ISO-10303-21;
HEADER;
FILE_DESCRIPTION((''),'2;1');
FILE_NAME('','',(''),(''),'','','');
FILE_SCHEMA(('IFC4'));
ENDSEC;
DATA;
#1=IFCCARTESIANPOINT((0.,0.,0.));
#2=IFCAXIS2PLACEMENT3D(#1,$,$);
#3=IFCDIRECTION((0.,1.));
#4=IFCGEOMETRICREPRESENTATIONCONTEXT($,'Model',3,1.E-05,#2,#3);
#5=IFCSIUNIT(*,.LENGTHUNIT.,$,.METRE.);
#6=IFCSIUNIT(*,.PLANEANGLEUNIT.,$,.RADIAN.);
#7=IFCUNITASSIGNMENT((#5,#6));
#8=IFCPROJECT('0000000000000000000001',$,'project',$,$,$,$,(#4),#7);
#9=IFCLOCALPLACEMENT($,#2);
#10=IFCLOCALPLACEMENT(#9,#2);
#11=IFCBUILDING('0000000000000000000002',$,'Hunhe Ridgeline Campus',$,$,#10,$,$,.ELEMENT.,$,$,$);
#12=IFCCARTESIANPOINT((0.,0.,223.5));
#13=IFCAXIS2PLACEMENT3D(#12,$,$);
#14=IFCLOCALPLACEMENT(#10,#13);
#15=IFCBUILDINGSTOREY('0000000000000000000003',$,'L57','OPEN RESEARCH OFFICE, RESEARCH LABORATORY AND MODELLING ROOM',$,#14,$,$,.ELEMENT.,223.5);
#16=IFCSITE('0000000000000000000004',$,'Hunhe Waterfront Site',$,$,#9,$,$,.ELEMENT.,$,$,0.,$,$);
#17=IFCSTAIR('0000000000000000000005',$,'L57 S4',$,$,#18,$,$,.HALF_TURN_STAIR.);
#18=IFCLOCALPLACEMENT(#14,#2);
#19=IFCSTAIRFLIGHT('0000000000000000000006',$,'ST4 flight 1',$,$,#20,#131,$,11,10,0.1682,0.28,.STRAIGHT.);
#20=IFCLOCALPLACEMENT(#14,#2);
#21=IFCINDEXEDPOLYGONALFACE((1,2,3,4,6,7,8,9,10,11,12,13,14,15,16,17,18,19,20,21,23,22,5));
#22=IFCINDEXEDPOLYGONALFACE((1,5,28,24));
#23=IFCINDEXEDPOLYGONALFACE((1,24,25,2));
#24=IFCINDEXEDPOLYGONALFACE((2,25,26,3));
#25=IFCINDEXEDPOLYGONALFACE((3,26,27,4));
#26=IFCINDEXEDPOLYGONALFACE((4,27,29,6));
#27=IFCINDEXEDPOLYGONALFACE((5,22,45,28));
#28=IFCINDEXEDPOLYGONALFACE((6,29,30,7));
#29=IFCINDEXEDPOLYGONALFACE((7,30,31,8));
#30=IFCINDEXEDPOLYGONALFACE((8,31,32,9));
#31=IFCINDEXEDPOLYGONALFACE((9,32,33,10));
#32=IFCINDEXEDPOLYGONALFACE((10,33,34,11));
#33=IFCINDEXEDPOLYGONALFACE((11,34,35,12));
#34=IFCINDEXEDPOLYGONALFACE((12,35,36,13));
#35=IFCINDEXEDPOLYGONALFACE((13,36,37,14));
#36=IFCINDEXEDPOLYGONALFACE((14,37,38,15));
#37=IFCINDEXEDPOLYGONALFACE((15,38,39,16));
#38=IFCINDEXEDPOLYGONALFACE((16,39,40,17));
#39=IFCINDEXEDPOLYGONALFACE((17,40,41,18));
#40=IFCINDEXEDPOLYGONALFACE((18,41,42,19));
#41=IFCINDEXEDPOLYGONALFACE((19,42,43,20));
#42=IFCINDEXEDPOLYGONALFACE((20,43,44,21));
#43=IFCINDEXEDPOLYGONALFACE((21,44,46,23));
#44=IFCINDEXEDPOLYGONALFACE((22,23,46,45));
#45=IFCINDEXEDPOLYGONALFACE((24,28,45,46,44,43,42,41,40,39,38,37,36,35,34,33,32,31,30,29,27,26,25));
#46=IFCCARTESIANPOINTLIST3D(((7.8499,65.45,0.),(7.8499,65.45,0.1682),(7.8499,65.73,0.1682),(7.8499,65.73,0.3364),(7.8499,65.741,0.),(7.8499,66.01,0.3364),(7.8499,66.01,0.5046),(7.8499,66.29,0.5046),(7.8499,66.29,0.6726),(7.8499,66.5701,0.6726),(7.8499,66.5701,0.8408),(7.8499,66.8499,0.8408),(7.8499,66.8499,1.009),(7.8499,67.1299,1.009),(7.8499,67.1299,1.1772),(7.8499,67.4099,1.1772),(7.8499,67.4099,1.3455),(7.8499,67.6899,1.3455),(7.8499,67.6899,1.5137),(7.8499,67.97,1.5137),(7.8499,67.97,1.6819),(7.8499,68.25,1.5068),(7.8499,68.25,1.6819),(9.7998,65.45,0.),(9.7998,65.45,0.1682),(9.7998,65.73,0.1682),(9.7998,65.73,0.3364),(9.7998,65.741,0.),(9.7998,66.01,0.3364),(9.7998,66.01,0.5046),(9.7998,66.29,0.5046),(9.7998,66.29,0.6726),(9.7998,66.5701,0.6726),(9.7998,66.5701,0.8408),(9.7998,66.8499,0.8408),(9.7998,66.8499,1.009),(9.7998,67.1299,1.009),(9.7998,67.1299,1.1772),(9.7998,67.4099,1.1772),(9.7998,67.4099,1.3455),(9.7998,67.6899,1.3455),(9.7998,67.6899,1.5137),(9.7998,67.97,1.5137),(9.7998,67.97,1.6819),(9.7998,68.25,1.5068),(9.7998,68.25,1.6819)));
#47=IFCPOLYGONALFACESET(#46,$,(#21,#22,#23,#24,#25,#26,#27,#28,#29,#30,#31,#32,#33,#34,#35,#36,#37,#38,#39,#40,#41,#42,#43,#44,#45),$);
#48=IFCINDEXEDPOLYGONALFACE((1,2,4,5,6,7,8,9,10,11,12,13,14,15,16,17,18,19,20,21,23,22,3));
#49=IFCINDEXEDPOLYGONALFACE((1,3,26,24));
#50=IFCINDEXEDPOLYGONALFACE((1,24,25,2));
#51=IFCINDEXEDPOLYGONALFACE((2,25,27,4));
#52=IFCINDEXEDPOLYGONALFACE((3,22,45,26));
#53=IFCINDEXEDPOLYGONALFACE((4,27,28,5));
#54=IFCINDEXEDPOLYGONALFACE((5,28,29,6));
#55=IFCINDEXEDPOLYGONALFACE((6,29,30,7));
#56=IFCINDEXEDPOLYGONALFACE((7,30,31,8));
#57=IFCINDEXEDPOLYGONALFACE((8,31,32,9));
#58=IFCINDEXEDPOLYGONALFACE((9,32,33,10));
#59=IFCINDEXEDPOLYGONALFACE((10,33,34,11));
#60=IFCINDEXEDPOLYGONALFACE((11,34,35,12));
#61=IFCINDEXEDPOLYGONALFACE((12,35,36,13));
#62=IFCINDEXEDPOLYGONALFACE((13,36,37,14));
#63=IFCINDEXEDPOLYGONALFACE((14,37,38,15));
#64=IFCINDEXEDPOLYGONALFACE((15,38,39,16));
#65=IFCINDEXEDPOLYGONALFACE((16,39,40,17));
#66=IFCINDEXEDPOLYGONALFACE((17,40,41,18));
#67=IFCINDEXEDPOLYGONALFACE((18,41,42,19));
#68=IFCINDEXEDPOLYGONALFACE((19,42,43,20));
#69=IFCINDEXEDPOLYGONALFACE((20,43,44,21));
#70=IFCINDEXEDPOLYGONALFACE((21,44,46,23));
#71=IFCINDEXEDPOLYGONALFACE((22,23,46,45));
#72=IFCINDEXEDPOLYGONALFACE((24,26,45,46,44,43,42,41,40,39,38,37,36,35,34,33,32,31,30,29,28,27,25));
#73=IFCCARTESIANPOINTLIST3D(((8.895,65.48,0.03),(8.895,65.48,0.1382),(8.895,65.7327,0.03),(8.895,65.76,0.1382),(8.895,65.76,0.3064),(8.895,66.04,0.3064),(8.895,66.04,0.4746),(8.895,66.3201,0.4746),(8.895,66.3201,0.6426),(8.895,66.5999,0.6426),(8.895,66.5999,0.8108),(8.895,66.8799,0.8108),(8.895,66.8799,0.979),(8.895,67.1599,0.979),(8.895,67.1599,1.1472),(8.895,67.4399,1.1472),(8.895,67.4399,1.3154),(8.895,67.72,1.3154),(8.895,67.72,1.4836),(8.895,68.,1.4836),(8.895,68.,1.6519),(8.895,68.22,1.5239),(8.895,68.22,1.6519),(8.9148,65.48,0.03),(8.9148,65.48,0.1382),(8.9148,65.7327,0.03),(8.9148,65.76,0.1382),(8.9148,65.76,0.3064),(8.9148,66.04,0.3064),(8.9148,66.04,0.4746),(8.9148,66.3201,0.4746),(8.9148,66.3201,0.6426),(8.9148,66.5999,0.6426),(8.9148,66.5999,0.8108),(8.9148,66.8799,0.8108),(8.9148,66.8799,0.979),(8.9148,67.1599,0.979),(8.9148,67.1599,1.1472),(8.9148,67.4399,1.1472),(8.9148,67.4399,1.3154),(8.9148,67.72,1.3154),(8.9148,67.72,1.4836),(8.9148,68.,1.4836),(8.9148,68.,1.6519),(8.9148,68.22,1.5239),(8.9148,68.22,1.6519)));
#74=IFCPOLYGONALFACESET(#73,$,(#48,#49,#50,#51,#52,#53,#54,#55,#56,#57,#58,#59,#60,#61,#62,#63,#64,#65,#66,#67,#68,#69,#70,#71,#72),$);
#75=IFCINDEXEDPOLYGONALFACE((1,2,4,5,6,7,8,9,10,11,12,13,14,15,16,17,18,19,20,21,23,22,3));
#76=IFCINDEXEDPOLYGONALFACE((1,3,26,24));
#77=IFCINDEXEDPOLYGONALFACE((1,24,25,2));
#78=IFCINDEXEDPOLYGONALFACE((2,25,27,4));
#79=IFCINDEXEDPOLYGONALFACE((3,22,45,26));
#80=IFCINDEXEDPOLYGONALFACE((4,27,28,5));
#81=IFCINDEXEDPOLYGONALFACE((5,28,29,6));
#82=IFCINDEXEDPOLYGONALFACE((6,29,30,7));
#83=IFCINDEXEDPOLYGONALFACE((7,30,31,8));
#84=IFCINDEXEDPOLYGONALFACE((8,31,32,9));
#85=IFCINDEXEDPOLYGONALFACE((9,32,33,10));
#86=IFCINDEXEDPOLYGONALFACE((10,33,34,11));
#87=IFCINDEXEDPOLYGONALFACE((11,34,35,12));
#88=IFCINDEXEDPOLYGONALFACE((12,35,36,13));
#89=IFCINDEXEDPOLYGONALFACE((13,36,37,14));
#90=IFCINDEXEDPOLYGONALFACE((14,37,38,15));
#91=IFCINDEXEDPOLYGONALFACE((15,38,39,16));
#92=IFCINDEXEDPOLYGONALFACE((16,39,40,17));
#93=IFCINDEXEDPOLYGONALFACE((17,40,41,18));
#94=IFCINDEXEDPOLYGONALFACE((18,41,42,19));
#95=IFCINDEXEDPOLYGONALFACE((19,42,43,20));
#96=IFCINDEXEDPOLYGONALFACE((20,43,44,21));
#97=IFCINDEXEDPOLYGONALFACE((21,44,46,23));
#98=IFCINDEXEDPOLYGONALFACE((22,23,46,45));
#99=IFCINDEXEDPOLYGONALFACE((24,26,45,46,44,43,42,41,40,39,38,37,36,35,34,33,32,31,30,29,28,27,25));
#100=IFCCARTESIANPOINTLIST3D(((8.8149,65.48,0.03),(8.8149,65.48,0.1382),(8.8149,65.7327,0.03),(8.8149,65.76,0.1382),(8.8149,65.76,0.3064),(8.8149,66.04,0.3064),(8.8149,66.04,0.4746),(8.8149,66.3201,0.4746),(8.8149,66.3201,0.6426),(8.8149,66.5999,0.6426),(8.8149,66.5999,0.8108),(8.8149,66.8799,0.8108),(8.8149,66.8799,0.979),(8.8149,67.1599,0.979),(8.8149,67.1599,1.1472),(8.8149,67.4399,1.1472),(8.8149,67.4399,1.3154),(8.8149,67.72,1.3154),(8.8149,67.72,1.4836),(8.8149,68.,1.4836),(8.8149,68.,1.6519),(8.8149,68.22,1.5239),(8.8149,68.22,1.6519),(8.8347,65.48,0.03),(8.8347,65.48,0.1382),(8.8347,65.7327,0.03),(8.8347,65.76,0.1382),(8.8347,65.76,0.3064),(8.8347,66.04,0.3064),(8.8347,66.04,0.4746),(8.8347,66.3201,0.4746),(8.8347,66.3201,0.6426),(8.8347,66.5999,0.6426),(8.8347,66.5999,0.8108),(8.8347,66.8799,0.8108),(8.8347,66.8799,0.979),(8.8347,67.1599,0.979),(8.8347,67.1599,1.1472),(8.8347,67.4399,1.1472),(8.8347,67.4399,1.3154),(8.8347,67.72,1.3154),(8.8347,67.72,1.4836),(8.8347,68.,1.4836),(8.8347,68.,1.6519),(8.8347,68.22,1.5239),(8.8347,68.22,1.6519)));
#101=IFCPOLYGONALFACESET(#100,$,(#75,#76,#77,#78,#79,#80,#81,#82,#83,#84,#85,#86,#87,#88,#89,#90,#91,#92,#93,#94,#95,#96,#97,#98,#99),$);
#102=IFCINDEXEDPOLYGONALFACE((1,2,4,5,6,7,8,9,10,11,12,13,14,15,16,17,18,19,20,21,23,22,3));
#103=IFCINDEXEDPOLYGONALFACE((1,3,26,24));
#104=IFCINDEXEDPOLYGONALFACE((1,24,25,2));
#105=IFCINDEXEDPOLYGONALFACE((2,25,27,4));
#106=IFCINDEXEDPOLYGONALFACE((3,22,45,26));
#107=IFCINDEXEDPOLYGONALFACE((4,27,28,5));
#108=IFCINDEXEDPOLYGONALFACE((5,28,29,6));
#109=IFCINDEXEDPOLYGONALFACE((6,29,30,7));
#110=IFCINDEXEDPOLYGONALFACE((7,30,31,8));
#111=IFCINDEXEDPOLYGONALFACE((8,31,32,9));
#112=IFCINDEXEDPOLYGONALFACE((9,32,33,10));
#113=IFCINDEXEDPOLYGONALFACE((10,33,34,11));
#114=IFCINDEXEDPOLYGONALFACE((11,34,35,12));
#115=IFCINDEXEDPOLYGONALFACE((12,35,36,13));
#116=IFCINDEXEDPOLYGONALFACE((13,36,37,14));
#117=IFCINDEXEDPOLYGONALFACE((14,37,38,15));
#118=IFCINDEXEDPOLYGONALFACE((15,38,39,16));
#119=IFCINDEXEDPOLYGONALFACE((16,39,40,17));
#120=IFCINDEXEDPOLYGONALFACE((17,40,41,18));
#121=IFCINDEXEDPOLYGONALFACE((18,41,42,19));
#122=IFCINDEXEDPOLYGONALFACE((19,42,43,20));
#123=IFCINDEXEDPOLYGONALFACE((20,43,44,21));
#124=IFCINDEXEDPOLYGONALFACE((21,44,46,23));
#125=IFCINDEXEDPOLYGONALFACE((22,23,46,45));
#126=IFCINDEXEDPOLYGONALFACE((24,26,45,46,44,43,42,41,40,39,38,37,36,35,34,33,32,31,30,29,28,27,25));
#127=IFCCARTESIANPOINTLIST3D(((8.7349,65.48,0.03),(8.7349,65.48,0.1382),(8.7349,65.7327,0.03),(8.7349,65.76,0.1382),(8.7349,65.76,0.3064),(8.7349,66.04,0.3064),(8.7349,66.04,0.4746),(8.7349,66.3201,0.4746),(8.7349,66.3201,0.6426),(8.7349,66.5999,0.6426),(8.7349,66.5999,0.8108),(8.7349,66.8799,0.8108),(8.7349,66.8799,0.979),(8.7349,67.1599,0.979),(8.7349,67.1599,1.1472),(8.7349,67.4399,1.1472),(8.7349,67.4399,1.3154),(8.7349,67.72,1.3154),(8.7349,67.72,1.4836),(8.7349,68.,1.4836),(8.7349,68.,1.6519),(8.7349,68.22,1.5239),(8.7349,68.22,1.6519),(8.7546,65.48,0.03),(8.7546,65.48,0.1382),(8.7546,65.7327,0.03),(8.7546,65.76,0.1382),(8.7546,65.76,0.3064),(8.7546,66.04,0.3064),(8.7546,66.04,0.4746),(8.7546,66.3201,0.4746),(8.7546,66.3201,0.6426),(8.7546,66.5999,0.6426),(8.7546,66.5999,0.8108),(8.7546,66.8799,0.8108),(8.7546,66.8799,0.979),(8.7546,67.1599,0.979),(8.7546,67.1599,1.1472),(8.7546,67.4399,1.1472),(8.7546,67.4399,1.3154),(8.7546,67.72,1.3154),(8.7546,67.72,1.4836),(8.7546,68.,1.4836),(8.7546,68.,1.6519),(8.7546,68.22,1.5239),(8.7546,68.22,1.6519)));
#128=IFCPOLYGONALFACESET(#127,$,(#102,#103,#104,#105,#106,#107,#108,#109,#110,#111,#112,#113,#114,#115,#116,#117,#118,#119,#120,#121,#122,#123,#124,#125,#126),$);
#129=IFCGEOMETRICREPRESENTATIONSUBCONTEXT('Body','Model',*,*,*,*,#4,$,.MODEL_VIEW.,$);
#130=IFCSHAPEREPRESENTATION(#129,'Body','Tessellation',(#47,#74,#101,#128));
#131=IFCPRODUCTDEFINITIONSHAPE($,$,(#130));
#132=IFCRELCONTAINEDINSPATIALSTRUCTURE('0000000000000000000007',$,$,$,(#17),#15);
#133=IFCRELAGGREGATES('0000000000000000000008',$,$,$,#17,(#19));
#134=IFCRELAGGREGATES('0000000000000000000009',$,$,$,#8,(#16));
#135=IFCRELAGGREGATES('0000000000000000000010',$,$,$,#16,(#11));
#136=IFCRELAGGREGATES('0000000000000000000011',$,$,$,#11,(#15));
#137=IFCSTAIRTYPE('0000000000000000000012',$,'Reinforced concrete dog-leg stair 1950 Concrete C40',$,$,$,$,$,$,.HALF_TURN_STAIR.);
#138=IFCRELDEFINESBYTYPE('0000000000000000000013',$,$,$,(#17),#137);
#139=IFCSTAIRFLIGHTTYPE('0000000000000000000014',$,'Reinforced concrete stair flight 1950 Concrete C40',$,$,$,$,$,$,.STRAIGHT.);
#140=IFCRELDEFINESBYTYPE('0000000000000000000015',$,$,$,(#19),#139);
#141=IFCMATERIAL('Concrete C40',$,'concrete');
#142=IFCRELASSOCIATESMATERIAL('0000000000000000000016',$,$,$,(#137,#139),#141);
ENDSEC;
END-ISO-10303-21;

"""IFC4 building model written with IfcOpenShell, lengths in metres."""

from ifc_helpers import new_model, si_unit, direction, frame, origin, place, context, subcontext, project, spatial, polyline, outline, extrude, material, type_object, element, aggregate, save


model = new_model("IFC4")

# Units and contexts
model_context = context("Model", 3, precision=1e-05, world=origin(), true_north=direction((0.0, 1.0)))
body_context = subcontext(model_context, "Body", "Model", "MODEL_VIEW")
ifc_project = project(units=[si_unit("LENGTHUNIT", "METRE"), si_unit("PLANEANGLEUNIT", "RADIAN")], contexts=[model_context])

# Site, building, storey
site_placement = place(None, origin())
site = spatial("IfcSite", under=ifc_project, at=site_placement, Name="Hunhe Waterfront Site", CompositionType="ELEMENT", RefElevation=0.0)
building_placement = place(site_placement, origin())
building = spatial("IfcBuilding", under=site, at=building_placement, Name="Hunhe Ridgeline Campus", CompositionType="ELEMENT")
storey_placement = place(building_placement, frame((0.0, 0.0, 223.5)))
storey = spatial("IfcBuildingStorey", under=building, at=storey_placement, Name="L57", Description="OPEN RESEARCH OFFICE, RESEARCH LABORATORY AND MODELLING ROOM", CompositionType="ELEMENT", Elevation=223.5)

# Stair, stair flight
ifc_material_1 = material(Name="Concrete C40", Category="concrete")
stair_type = type_object("IfcStairType", Name="Reinforced concrete dog-leg stair 1950 Concrete C40", PredefinedType="HALF_TURN_STAIR", material=ifc_material_1)
stair_flight_type = type_object("IfcStairFlightType", Name="Reinforced concrete stair flight 1950 Concrete C40", PredefinedType="STRAIGHT", material=ifc_material_1)
stair_1_placement = place(storey_placement, origin())
stair_1 = element("IfcStair", 1, at=stair_1_placement, inside=storey, type_object=stair_type, Name="L57 S4", PredefinedType="HALF_TURN_STAIR")
stair_flight_1_placement = place(storey_placement, frame((8.825, 65.45, 0.0), z_axis=(0.0, 0.0, 1.0), x_axis=(0.0, 1.0, 0.0)))
stair_flight_1 = element("IfcStairFlight", 2, at=stair_flight_1_placement, type_object=stair_flight_type, Name="ST4 flight 1", NumberOfRisers=11, NumberOfTreads=10, PredefinedType="STRAIGHT", RiserHeight=0.1682, TreadLength=0.28, context=body_context, shape_type="SweptSolid", body=[
    extrude(outline(polyline([(0.0, 0.0), (0.0, 0.1682), (0.28, 0.1682), (0.28, 0.3364), (0.5601, 0.3364), (0.5601, 0.5046), (0.8401, 0.5046), (0.8401, 0.6726), (1.1201, 0.6726), (1.1201, 0.8408), (1.3999, 0.8408), (1.3999, 1.009), (1.6799, 1.009), (1.6799, 1.1772), (1.96, 1.1772), (1.96, 1.3455), (2.24, 1.3455), (2.24, 1.5137), (2.52, 1.5137), (2.52, 1.6819), (2.8, 1.6819), (2.8, 1.8501), (2.8, 1.5068), (0.291, 0.0), (0.0, 0.0)])), frame((0.0, 0.9751, 0.0), z_axis=(0.0, -1.0, 0.0), x_axis=(1.0, 0.0, 0.0)), (0.0, 0.0, 1.0), 1.95),
    extrude(outline(polyline([(0.03, 0.03), (0.03, 0.1382), (0.3101, 0.1382), (0.3101, 0.3064), (0.5901, 0.3064), (0.5901, 0.4746), (0.8701, 0.4746), (0.8701, 0.6426), (1.1499, 0.6426), (1.1499, 0.8108), (1.4299, 0.8108), (1.4299, 0.979), (1.71, 0.979), (1.71, 1.1472), (1.99, 1.1472), (1.99, 1.3154), (2.27, 1.3154), (2.27, 1.4836), (2.55, 1.4836), (2.55, 1.6519), (2.77, 1.6519), (2.77, 1.5239), (0.2827, 0.03), (0.03, 0.03)])), frame((0.0, -0.0701, 0.0), z_axis=(0.0, -1.0, 0.0), x_axis=(1.0, 0.0, 0.0)), (0.0, 0.0, 1.0), 0.0198),
    extrude(outline(polyline([(0.03, 0.03), (0.03, 0.1382), (0.3101, 0.1382), (0.3101, 0.3064), (0.5901, 0.3064), (0.5901, 0.4746), (0.8701, 0.4746), (0.8701, 0.6426), (1.1499, 0.6426), (1.1499, 0.8108), (1.4299, 0.8108), (1.4299, 0.979), (1.71, 0.979), (1.71, 1.1472), (1.99, 1.1472), (1.99, 1.3154), (2.27, 1.3154), (2.27, 1.4836), (2.55, 1.4836), (2.55, 1.6519), (2.77, 1.6519), (2.77, 1.5239), (0.2827, 0.03), (0.03, 0.03)])), frame((0.0, 0.01, 0.0), z_axis=(0.0, -1.0, 0.0), x_axis=(1.0, 0.0, 0.0)), (0.0, 0.0, 1.0), 0.0198),
    extrude(outline(polyline([(0.03, 0.03), (0.03, 0.1382), (0.3101, 0.1382), (0.3101, 0.3064), (0.5901, 0.3064), (0.5901, 0.4746), (0.8701, 0.4746), (0.8701, 0.6426), (1.1499, 0.6426), (1.1499, 0.8108), (1.4299, 0.8108), (1.4299, 0.979), (1.71, 0.979), (1.71, 1.1472), (1.99, 1.1472), (1.99, 1.3154), (2.27, 1.3154), (2.27, 1.4836), (2.55, 1.4836), (2.55, 1.6519), (2.77, 1.6519), (2.77, 1.5239), (0.2827, 0.03), (0.03, 0.03)])), frame((0.0, 0.0901, 0.0), z_axis=(0.0, -1.0, 0.0), x_axis=(1.0, 0.0, 0.0)), (0.0, 0.0, 1.0), 0.0198),
])
aggregate(stair_1, [stair_flight_1])

save(model, "model.ifc")
